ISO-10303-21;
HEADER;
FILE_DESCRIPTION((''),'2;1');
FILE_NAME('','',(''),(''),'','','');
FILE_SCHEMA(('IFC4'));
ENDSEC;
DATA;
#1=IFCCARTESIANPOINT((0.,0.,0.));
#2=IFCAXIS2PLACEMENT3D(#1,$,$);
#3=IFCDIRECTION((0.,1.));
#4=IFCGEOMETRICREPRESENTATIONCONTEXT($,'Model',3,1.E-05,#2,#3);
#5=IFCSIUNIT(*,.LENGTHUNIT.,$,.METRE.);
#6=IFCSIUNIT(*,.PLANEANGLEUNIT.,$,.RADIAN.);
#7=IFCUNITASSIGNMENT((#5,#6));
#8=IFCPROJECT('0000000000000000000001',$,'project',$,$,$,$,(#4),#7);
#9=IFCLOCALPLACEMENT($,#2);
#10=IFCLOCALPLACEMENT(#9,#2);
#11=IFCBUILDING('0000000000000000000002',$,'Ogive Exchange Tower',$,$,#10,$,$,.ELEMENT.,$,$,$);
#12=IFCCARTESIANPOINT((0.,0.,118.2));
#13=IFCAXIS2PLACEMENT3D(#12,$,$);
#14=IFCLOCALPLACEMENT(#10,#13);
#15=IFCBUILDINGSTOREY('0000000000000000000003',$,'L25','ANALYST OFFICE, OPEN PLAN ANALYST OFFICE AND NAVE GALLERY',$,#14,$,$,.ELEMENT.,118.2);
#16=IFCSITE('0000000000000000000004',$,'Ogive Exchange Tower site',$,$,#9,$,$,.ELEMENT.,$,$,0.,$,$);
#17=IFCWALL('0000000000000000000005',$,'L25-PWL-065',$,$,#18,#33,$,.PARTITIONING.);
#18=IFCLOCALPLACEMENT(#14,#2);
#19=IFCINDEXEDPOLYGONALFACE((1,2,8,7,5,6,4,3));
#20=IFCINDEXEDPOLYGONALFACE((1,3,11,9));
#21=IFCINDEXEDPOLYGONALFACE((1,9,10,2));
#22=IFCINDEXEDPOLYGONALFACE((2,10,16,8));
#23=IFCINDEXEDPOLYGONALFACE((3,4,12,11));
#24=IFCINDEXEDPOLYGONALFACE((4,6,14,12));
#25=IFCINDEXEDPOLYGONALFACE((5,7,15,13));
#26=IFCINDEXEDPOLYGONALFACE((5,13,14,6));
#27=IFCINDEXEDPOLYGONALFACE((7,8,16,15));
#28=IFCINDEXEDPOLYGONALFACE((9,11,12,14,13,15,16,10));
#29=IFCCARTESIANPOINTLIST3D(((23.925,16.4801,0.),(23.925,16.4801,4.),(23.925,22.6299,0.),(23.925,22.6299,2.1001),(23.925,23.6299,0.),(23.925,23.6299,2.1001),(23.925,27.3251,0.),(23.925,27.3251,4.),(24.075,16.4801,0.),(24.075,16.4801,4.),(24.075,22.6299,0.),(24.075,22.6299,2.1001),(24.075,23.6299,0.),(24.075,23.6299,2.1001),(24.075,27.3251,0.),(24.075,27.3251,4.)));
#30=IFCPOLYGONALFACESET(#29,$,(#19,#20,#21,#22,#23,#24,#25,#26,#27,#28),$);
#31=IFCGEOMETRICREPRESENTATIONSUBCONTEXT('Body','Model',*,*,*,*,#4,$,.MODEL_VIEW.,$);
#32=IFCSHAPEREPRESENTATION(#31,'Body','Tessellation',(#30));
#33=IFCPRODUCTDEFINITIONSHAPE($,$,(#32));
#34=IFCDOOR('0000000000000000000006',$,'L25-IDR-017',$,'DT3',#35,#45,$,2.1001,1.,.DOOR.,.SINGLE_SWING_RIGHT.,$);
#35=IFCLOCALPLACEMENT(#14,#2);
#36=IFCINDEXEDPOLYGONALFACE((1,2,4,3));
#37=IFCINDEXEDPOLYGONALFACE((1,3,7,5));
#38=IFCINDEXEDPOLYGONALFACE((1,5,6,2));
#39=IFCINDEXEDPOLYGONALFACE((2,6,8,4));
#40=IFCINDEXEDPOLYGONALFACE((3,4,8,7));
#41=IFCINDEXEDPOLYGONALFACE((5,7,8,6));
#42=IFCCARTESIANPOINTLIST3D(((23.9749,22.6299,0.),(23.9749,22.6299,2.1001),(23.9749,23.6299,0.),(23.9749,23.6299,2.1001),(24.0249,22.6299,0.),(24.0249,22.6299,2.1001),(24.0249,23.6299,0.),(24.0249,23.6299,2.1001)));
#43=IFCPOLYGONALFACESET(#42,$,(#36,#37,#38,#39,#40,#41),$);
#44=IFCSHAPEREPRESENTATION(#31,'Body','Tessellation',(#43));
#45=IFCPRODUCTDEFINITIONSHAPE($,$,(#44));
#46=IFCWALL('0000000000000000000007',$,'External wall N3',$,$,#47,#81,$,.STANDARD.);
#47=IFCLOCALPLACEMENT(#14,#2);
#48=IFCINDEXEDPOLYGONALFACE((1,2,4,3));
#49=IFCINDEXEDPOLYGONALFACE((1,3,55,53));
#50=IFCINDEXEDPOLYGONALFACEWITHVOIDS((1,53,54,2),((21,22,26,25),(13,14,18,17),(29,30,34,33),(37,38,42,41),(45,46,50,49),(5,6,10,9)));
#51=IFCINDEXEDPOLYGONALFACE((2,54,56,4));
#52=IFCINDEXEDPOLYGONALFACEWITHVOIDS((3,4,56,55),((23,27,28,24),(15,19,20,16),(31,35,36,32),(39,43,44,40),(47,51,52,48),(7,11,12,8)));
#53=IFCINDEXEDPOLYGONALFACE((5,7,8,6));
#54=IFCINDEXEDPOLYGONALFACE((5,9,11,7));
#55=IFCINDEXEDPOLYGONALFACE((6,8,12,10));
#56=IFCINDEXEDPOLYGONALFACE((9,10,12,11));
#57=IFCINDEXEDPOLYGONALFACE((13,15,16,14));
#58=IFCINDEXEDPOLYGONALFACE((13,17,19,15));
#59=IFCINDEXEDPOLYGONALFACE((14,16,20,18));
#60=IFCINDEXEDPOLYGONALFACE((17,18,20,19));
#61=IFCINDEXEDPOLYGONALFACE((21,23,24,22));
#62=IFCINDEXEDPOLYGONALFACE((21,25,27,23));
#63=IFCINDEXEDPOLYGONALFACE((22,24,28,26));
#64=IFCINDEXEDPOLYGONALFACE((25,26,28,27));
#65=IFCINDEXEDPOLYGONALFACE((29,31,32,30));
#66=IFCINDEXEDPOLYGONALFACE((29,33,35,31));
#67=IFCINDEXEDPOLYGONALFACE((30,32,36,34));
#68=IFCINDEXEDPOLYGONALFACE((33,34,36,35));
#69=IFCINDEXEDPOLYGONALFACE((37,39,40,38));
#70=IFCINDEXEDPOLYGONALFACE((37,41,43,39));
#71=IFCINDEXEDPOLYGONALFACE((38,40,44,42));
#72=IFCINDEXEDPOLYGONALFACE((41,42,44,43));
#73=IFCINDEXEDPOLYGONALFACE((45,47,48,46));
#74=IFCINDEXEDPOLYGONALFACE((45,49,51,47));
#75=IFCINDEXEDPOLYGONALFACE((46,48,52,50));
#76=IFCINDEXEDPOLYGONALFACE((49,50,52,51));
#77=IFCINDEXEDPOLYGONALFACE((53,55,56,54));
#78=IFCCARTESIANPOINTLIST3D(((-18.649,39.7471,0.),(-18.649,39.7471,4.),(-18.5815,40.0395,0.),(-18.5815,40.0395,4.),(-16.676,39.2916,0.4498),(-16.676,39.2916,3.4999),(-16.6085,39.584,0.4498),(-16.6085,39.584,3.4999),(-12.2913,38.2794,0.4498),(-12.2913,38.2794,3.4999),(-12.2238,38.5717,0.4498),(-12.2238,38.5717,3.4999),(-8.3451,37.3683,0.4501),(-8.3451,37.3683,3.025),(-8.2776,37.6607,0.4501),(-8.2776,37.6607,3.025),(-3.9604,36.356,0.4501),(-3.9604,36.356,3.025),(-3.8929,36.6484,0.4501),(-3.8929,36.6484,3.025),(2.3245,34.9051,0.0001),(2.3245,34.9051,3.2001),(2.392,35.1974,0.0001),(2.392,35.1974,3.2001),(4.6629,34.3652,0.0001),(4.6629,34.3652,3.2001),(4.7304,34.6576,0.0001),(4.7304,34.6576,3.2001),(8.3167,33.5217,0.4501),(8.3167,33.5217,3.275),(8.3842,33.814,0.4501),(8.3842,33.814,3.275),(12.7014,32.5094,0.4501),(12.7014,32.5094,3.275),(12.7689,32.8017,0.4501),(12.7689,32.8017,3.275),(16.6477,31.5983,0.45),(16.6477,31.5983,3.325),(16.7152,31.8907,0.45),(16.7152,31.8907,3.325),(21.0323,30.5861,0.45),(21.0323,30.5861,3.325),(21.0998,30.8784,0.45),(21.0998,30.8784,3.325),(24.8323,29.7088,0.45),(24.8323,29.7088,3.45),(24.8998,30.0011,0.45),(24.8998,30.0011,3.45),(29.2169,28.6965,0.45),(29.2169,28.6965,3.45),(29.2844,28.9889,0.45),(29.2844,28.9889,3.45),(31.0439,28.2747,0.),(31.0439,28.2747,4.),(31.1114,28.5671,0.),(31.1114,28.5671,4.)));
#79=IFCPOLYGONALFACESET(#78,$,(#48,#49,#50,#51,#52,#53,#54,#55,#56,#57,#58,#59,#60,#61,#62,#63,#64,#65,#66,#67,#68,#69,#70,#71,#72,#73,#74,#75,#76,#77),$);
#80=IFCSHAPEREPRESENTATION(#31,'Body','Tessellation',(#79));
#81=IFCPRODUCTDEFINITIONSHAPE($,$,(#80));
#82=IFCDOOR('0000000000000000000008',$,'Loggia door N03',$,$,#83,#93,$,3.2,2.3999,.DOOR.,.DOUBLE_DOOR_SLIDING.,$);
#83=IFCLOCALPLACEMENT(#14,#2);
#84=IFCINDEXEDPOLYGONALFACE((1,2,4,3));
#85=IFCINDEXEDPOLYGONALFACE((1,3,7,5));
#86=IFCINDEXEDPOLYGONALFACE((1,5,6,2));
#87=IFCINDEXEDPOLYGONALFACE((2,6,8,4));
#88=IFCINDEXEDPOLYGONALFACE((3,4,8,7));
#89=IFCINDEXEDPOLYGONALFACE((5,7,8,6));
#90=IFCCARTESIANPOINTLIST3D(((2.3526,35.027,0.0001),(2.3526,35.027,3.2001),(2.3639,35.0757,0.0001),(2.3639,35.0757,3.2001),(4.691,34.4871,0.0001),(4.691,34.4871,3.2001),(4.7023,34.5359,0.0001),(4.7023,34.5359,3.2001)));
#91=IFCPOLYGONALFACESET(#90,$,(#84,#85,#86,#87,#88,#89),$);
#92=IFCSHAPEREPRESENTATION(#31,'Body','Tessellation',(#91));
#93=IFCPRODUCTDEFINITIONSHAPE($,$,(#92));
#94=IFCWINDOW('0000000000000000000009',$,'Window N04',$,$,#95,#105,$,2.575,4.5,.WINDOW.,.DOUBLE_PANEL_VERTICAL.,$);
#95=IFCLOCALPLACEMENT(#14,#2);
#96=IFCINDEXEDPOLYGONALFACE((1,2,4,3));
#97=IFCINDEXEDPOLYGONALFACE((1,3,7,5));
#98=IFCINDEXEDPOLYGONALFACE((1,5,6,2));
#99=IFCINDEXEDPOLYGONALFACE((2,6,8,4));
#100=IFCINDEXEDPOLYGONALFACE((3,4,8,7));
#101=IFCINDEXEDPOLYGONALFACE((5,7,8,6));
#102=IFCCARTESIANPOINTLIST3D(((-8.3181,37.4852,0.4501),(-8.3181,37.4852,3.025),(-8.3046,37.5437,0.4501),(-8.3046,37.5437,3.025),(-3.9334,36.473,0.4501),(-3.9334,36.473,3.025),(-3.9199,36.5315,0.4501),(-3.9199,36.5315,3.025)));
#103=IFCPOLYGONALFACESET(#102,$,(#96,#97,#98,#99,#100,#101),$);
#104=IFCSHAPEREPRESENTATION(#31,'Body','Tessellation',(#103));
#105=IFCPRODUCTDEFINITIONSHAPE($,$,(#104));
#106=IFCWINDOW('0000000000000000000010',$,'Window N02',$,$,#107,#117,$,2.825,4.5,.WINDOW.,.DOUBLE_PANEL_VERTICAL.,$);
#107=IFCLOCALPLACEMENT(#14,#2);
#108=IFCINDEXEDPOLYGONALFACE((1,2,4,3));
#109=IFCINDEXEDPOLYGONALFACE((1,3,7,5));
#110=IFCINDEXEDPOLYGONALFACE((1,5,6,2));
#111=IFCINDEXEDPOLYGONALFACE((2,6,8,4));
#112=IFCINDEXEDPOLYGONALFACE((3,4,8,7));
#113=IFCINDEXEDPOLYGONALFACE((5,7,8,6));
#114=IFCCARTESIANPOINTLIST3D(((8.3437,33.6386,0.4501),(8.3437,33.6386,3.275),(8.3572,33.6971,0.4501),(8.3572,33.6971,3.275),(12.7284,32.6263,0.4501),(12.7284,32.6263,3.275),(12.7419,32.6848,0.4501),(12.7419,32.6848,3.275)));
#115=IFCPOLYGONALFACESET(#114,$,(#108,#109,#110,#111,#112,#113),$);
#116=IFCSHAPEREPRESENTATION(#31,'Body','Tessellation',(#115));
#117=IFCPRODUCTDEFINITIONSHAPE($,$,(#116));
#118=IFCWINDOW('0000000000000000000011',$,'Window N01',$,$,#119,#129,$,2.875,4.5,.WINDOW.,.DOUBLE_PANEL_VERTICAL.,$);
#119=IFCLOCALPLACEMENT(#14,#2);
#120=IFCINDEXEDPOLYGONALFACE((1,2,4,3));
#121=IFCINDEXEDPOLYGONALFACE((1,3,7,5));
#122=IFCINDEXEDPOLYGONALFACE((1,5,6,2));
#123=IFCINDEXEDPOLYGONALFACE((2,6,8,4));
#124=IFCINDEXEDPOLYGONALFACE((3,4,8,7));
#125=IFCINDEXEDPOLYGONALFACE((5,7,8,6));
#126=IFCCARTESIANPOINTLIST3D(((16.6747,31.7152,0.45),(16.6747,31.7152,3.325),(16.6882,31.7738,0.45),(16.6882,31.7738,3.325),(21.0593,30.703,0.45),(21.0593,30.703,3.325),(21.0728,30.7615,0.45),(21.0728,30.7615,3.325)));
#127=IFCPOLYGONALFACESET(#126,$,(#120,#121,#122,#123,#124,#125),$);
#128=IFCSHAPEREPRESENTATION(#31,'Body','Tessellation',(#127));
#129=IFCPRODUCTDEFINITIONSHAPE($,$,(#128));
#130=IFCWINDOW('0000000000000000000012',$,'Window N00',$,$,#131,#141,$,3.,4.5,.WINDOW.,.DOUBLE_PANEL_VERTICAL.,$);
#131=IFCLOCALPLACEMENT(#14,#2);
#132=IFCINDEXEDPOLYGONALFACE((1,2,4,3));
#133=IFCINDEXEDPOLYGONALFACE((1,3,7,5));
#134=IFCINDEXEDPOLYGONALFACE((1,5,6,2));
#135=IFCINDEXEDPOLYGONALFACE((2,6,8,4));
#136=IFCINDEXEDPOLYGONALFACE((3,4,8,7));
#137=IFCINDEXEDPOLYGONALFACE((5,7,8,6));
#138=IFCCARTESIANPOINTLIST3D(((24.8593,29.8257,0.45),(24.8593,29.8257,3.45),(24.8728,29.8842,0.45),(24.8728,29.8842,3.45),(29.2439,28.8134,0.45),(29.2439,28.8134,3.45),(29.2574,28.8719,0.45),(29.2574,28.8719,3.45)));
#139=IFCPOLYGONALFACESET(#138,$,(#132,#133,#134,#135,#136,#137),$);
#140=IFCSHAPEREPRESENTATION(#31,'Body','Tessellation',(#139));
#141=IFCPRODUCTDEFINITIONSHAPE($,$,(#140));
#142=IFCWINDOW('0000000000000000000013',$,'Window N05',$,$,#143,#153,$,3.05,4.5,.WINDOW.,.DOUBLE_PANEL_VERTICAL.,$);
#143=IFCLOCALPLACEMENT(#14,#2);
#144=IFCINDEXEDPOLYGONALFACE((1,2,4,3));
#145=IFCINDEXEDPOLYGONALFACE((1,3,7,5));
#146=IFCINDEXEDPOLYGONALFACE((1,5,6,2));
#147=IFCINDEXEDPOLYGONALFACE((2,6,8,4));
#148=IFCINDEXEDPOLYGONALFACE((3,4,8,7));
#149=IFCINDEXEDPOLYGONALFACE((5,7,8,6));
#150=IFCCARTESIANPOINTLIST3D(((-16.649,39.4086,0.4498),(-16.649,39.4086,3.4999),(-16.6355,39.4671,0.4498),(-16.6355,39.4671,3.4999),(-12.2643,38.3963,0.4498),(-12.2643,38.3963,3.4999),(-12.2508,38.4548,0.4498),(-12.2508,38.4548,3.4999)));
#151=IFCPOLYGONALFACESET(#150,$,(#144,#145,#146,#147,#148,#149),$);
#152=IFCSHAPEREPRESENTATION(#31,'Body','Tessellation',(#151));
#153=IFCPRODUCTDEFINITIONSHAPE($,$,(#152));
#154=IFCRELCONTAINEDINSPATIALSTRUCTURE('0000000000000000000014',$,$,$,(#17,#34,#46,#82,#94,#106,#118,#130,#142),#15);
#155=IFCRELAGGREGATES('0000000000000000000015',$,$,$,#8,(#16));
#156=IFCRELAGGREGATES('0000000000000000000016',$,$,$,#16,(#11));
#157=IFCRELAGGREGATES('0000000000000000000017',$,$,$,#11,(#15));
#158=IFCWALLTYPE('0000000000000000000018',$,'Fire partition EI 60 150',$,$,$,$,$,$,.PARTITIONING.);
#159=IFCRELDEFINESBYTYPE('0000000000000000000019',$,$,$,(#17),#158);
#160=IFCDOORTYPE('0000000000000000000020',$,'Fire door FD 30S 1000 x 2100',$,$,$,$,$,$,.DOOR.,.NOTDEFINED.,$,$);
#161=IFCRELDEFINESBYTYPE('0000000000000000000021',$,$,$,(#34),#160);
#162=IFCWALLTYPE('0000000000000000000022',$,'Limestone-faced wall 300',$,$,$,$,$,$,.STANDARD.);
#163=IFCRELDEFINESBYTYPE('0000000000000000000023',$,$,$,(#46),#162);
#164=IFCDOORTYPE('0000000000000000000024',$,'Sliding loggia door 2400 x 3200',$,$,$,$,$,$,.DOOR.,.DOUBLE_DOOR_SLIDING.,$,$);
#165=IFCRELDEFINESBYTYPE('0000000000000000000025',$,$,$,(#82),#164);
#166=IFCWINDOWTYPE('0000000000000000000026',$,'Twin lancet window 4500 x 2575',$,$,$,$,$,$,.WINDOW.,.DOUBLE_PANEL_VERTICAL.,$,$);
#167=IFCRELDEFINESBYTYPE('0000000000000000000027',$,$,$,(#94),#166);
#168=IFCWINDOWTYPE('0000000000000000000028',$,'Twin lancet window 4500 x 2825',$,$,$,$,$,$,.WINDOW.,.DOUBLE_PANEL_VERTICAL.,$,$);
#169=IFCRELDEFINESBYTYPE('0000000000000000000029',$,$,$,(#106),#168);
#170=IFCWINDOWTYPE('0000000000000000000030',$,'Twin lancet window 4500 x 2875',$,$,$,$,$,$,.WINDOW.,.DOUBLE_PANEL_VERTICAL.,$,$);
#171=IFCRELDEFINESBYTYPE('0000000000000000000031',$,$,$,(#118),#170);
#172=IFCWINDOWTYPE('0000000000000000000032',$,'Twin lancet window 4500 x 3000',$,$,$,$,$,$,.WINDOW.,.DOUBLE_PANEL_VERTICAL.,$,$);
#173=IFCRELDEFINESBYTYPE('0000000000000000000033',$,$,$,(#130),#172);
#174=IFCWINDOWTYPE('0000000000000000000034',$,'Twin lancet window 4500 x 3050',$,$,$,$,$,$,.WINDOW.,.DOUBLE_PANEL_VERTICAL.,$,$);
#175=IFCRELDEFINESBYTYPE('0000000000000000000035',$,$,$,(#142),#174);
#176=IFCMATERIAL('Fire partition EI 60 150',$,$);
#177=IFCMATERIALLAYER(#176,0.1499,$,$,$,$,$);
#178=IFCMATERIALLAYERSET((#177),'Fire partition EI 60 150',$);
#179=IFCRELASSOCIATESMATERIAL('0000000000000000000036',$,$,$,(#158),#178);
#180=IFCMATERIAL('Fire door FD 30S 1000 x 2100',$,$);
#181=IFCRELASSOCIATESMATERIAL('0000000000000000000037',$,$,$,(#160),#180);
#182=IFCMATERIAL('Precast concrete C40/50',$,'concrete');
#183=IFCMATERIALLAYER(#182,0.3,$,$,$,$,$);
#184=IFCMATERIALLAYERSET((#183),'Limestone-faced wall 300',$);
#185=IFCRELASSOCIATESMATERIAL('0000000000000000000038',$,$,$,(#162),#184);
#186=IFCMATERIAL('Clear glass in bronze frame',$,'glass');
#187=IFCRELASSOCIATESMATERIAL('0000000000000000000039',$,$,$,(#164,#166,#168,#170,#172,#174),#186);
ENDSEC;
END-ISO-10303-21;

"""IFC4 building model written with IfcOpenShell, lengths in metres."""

from ifc_helpers import new_model, si_unit, direction, frame, frame_2d, origin, place, context, subcontext, project, spatial, rectangle, extrude, material, layer, layer_set, type_object, element, fill, save


model = new_model("IFC4")

# Units and contexts
model_context = context("Model", 3, precision=1e-05, world=origin(), true_north=direction((0.0, 1.0)))
body_context = subcontext(model_context, "Body", "Model", "MODEL_VIEW")
ifc_project = project(units=[si_unit("LENGTHUNIT", "METRE"), si_unit("PLANEANGLEUNIT", "RADIAN")], contexts=[model_context])

# Site, building, storey
site_placement = place(None, origin())
site = spatial("IfcSite", under=ifc_project, at=site_placement, Name="Ogive Exchange Tower site", CompositionType="ELEMENT", RefElevation=0.0)
building_placement = place(site_placement, origin())
building = spatial("IfcBuilding", under=site, at=building_placement, Name="Ogive Exchange Tower", CompositionType="ELEMENT")
storey_placement = place(building_placement, frame((0.0, 0.0, 118.2)))
storey = spatial("IfcBuildingStorey", under=building, at=storey_placement, Name="L25", Description="ANALYST OFFICE, OPEN PLAN ANALYST OFFICE AND NAVE GALLERY", CompositionType="ELEMENT", Elevation=118.2)

# Shared definitions
ifc_material_1 = material(Name="Fire partition EI 60 150")
ifc_layer_1 = layer(ifc_material_1, 0.1499)
ifc_layer_set_1 = layer_set([ifc_layer_1], Name="Fire partition EI 60 150")
wall_type_1 = type_object("IfcWallType", Name="Fire partition EI 60 150", PredefinedType="PARTITIONING", material=ifc_layer_set_1)

# Wall, opening, door
wall_1_placement = place(storey_placement, frame((24.0, 27.325, 0.0), z_axis=(0.0, 0.0, 1.0), x_axis=(0.0, -1.0, 0.0)))
wall_1 = element("IfcWall", 1, at=wall_1_placement, inside=storey, type_object=wall_type_1, Name="L25-PWL-065", PredefinedType="PARTITIONING", context=body_context, shape_type="SweptSolid", body=[
    extrude(rectangle(XDim=10.845, YDim=0.1499, at=frame_2d((5.4224, 0.0))), origin(), (0.0, 0.0, 1.0), 4.0),
])
opening_1_placement = place(wall_1_placement, frame((3.6951, 0.0, 0.0)))
opening_1 = element("IfcOpeningElement", 2, at=opening_1_placement, cuts=wall_1, PredefinedType="OPENING", context=body_context, shape_type="SweptSolid", body=[
    extrude(rectangle(XDim=1.0, YDim=2.1001, at=frame_2d((0.5, 1.05))), frame((0.0, 0.085, 0.0), z_axis=(0.0, -1.0, 0.0), x_axis=(1.0, 0.0, 0.0)), (0.0, 0.0, 1.0), 0.1699),
])
ifc_material_2 = material(Name="Fire door FD 30S 1000 x 2100")
door_type_1 = type_object("IfcDoorType", Name="Fire door FD 30S 1000 x 2100", OperationType="NOTDEFINED", PredefinedType="DOOR", material=ifc_material_2)
door_1_placement = place(opening_1_placement, origin())
door_1 = element("IfcDoor", 3, at=door_1_placement, inside=storey, type_object=door_type_1, Name="L25-IDR-017", ObjectType="DT3", OperationType="SINGLE_SWING_RIGHT", OverallHeight=2.1001, OverallWidth=1.0, PredefinedType="DOOR", context=body_context, shape_type="SweptSolid", body=[
    extrude(rectangle(XDim=1.0, YDim=2.1001, at=frame_2d((0.5, 1.05))), frame((0.0, 0.0249, 0.0), z_axis=(0.0, -1.0, 0.0), x_axis=(1.0, 0.0, 0.0)), (0.0, 0.0, 1.0), 0.05),
])
fill(opening_1, door_1)

# Wall, openings, door, windows
ifc_material_3 = material(Name="Precast concrete C40/50", Category="concrete")
ifc_layer_2 = layer(ifc_material_3, 0.3)
ifc_layer_set_2 = layer_set([ifc_layer_2], Name="Limestone-faced wall 300")
wall_type_2 = type_object("IfcWallType", Name="Limestone-faced wall 300", PredefinedType="STANDARD", material=ifc_layer_set_2)
wall_2_placement = place(storey_placement, frame((31.0776, 28.4209, 0.0), z_axis=(0.0, 0.0, 1.0), x_axis=(-0.97437, 0.224949, 0.0)))
wall_2 = element("IfcWall", 4, at=wall_2_placement, inside=storey, type_object=wall_type_2, Name="External wall N3", PredefinedType="STANDARD", context=body_context, shape_type="SweptSolid", body=[
    extrude(rectangle(XDim=51.0, YDim=0.3, at=frame_2d((25.5, 0.0))), origin(), (0.0, 0.0, 1.0), 4.0),
])
opening_2_placement = place(wall_2_placement, frame((1.875, 0.0, 0.45)))
opening_2 = element("IfcOpeningElement", 5, at=opening_2_placement, cuts=wall_2, PredefinedType="OPENING", context=body_context, shape_type="SweptSolid", body=[
    extrude(rectangle(XDim=4.5, YDim=3.0, at=frame_2d((2.25, 1.5))), frame((0.0, 0.1599, 0.0), z_axis=(0.0, -1.0, 0.0), x_axis=(1.0, 0.0, 0.0)), (0.0, 0.0, 1.0), 0.3201),
])
opening_3_placement = place(wall_2_placement, frame((10.2749, 0.0, 0.45)))
opening_3 = element("IfcOpeningElement", 6, at=opening_3_placement, cuts=wall_2, PredefinedType="OPENING", context=body_context, shape_type="SweptSolid", body=[
    extrude(rectangle(XDim=4.5, YDim=2.875, at=frame_2d((2.25, 1.4375))), frame((0.0, 0.1599, 0.0), z_axis=(0.0, -1.0, 0.0), x_axis=(1.0, 0.0, 0.0)), (0.0, 0.0, 1.0), 0.3201),
])
opening_4_placement = place(wall_2_placement, frame((18.825, 0.0, 0.45)))
opening_4 = element("IfcOpeningElement", 7, at=opening_4_placement, cuts=wall_2, PredefinedType="OPENING", context=body_context, shape_type="SweptSolid", body=[
    extrude(rectangle(XDim=4.5, YDim=2.825, at=frame_2d((2.25, 1.4126))), frame((0.0, 0.1599, 0.0), z_axis=(0.0, -1.0, 0.0), x_axis=(1.0, 0.0, 0.0)), (0.0, 0.0, 1.0), 0.3201),
])
opening_5_placement = place(wall_2_placement, frame((27.075, 0.0, 0.0)))
opening_5 = element("IfcOpeningElement", 8, at=opening_5_placement, cuts=wall_2, PredefinedType="OPENING", context=body_context, shape_type="SweptSolid", body=[
    extrude(rectangle(XDim=2.3999, YDim=3.2, at=frame_2d((1.2, 1.6001))), frame((0.0, 0.1599, 0.0), z_axis=(0.0, -1.0, 0.0), x_axis=(1.0, 0.0, 0.0)), (0.0, 0.0, 1.0), 0.3201),
])
opening_6_placement = place(wall_2_placement, frame((35.925, 0.0, 0.45)))
opening_6 = element("IfcOpeningElement", 9, at=opening_6_placement, cuts=wall_2, PredefinedType="OPENING", context=body_context, shape_type="SweptSolid", body=[
    extrude(rectangle(XDim=4.5, YDim=2.575, at=frame_2d((2.25, 1.2876))), frame((0.0, 0.1599, 0.0), z_axis=(0.0, -1.0, 0.0), x_axis=(1.0, 0.0, 0.0)), (0.0, 0.0, 1.0), 0.3201),
])
opening_7_placement = place(wall_2_placement, frame((44.4751, 0.0, 0.45)))
opening_7 = element("IfcOpeningElement", 10, at=opening_7_placement, cuts=wall_2, PredefinedType="OPENING", context=body_context, shape_type="SweptSolid", body=[
    extrude(rectangle(XDim=4.5, YDim=3.05, at=frame_2d((2.25, 1.5249))), frame((0.0, 0.1599, 0.0), z_axis=(0.0, -1.0, 0.0), x_axis=(1.0, 0.0, 0.0)), (0.0, 0.0, 1.0), 0.3201),
])
ifc_material_4 = material(Name="Clear glass in bronze frame", Category="glass")
door_type_2 = type_object("IfcDoorType", Name="Sliding loggia door 2400 x 3200", OperationType="DOUBLE_DOOR_SLIDING", PredefinedType="DOOR", material=ifc_material_4)
door_2_placement = place(opening_5_placement, origin())
door_2 = element("IfcDoor", 11, at=door_2_placement, inside=storey, type_object=door_type_2, Name="Loggia door N03", OperationType="DOUBLE_DOOR_SLIDING", OverallHeight=3.2, OverallWidth=2.3999, PredefinedType="DOOR", context=body_context, shape_type="SweptSolid", body=[
    extrude(rectangle(XDim=2.3999, YDim=3.2, at=frame_2d((1.2, 1.6001))), frame((0.0, 0.0249, 0.0), z_axis=(0.0, -1.0, 0.0), x_axis=(1.0, 0.0, 0.0)), (0.0, 0.0, 1.0), 0.05),
])
fill(opening_5, door_2)
window_type_1 = type_object("IfcWindowType", Name="Twin lancet window 4500 x 2575", PartitioningType="DOUBLE_PANEL_VERTICAL", PredefinedType="WINDOW", material=ifc_material_4)
window_1_placement = place(opening_6_placement, origin())
window_1 = element("IfcWindow", 12, at=window_1_placement, inside=storey, type_object=window_type_1, Name="Window N04", OverallHeight=2.575, OverallWidth=4.5, PartitioningType="DOUBLE_PANEL_VERTICAL", PredefinedType="WINDOW", context=body_context, shape_type="SweptSolid", body=[
    extrude(rectangle(XDim=4.5, YDim=2.575, at=frame_2d((2.25, 1.2876))), frame((0.0, 0.03, 0.0), z_axis=(0.0, -1.0, 0.0), x_axis=(1.0, 0.0, 0.0)), (0.0, 0.0, 1.0), 0.0601),
])
fill(opening_6, window_1)
window_type_2 = type_object("IfcWindowType", Name="Twin lancet window 4500 x 2825", PartitioningType="DOUBLE_PANEL_VERTICAL", PredefinedType="WINDOW", material=ifc_material_4)
window_2_placement = place(opening_4_placement, origin())
window_2 = element("IfcWindow", 13, at=window_2_placement, inside=storey, type_object=window_type_2, Name="Window N02", OverallHeight=2.825, OverallWidth=4.5, PartitioningType="DOUBLE_PANEL_VERTICAL", PredefinedType="WINDOW", context=body_context, shape_type="SweptSolid", body=[
    extrude(rectangle(XDim=4.5, YDim=2.825, at=frame_2d((2.25, 1.4126))), frame((0.0, 0.03, 0.0), z_axis=(0.0, -1.0, 0.0), x_axis=(1.0, 0.0, 0.0)), (0.0, 0.0, 1.0), 0.0601),
])
fill(opening_4, window_2)
window_type_3 = type_object("IfcWindowType", Name="Twin lancet window 4500 x 2875", PartitioningType="DOUBLE_PANEL_VERTICAL", PredefinedType="WINDOW", material=ifc_material_4)
window_3_placement = place(opening_3_placement, origin())
window_3 = element("IfcWindow", 14, at=window_3_placement, inside=storey, type_object=window_type_3, Name="Window N01", OverallHeight=2.875, OverallWidth=4.5, PartitioningType="DOUBLE_PANEL_VERTICAL", PredefinedType="WINDOW", context=body_context, shape_type="SweptSolid", body=[
    extrude(rectangle(XDim=4.5, YDim=2.875, at=frame_2d((2.25, 1.4375))), frame((0.0, 0.03, 0.0), z_axis=(0.0, -1.0, 0.0), x_axis=(1.0, 0.0, 0.0)), (0.0, 0.0, 1.0), 0.0601),
])
fill(opening_3, window_3)
window_type_4 = type_object("IfcWindowType", Name="Twin lancet window 4500 x 3000", PartitioningType="DOUBLE_PANEL_VERTICAL", PredefinedType="WINDOW", material=ifc_material_4)
window_4_placement = place(opening_2_placement, origin())
window_4 = element("IfcWindow", 15, at=window_4_placement, inside=storey, type_object=window_type_4, Name="Window N00", OverallHeight=3.0, OverallWidth=4.5, PartitioningType="DOUBLE_PANEL_VERTICAL", PredefinedType="WINDOW", context=body_context, shape_type="SweptSolid", body=[
    extrude(rectangle(XDim=4.5, YDim=3.0, at=frame_2d((2.25, 1.5))), frame((0.0, 0.03, 0.0), z_axis=(0.0, -1.0, 0.0), x_axis=(1.0, 0.0, 0.0)), (0.0, 0.0, 1.0), 0.0601),
])
fill(opening_2, window_4)
window_type_5 = type_object("IfcWindowType", Name="Twin lancet window 4500 x 3050", PartitioningType="DOUBLE_PANEL_VERTICAL", PredefinedType="WINDOW", material=ifc_material_4)
window_5_placement = place(opening_7_placement, origin())
window_5 = element("IfcWindow", 16, at=window_5_placement, inside=storey, type_object=window_type_5, Name="Window N05", OverallHeight=3.05, OverallWidth=4.5, PartitioningType="DOUBLE_PANEL_VERTICAL", PredefinedType="WINDOW", context=body_context, shape_type="SweptSolid", body=[
    extrude(rectangle(XDim=4.5, YDim=3.05, at=frame_2d((2.25, 1.5249))), frame((0.0, 0.03, 0.0), z_axis=(0.0, -1.0, 0.0), x_axis=(1.0, 0.0, 0.0)), (0.0, 0.0, 1.0), 0.0601),
])
fill(opening_7, window_5)

save(model, "model.ifc")
